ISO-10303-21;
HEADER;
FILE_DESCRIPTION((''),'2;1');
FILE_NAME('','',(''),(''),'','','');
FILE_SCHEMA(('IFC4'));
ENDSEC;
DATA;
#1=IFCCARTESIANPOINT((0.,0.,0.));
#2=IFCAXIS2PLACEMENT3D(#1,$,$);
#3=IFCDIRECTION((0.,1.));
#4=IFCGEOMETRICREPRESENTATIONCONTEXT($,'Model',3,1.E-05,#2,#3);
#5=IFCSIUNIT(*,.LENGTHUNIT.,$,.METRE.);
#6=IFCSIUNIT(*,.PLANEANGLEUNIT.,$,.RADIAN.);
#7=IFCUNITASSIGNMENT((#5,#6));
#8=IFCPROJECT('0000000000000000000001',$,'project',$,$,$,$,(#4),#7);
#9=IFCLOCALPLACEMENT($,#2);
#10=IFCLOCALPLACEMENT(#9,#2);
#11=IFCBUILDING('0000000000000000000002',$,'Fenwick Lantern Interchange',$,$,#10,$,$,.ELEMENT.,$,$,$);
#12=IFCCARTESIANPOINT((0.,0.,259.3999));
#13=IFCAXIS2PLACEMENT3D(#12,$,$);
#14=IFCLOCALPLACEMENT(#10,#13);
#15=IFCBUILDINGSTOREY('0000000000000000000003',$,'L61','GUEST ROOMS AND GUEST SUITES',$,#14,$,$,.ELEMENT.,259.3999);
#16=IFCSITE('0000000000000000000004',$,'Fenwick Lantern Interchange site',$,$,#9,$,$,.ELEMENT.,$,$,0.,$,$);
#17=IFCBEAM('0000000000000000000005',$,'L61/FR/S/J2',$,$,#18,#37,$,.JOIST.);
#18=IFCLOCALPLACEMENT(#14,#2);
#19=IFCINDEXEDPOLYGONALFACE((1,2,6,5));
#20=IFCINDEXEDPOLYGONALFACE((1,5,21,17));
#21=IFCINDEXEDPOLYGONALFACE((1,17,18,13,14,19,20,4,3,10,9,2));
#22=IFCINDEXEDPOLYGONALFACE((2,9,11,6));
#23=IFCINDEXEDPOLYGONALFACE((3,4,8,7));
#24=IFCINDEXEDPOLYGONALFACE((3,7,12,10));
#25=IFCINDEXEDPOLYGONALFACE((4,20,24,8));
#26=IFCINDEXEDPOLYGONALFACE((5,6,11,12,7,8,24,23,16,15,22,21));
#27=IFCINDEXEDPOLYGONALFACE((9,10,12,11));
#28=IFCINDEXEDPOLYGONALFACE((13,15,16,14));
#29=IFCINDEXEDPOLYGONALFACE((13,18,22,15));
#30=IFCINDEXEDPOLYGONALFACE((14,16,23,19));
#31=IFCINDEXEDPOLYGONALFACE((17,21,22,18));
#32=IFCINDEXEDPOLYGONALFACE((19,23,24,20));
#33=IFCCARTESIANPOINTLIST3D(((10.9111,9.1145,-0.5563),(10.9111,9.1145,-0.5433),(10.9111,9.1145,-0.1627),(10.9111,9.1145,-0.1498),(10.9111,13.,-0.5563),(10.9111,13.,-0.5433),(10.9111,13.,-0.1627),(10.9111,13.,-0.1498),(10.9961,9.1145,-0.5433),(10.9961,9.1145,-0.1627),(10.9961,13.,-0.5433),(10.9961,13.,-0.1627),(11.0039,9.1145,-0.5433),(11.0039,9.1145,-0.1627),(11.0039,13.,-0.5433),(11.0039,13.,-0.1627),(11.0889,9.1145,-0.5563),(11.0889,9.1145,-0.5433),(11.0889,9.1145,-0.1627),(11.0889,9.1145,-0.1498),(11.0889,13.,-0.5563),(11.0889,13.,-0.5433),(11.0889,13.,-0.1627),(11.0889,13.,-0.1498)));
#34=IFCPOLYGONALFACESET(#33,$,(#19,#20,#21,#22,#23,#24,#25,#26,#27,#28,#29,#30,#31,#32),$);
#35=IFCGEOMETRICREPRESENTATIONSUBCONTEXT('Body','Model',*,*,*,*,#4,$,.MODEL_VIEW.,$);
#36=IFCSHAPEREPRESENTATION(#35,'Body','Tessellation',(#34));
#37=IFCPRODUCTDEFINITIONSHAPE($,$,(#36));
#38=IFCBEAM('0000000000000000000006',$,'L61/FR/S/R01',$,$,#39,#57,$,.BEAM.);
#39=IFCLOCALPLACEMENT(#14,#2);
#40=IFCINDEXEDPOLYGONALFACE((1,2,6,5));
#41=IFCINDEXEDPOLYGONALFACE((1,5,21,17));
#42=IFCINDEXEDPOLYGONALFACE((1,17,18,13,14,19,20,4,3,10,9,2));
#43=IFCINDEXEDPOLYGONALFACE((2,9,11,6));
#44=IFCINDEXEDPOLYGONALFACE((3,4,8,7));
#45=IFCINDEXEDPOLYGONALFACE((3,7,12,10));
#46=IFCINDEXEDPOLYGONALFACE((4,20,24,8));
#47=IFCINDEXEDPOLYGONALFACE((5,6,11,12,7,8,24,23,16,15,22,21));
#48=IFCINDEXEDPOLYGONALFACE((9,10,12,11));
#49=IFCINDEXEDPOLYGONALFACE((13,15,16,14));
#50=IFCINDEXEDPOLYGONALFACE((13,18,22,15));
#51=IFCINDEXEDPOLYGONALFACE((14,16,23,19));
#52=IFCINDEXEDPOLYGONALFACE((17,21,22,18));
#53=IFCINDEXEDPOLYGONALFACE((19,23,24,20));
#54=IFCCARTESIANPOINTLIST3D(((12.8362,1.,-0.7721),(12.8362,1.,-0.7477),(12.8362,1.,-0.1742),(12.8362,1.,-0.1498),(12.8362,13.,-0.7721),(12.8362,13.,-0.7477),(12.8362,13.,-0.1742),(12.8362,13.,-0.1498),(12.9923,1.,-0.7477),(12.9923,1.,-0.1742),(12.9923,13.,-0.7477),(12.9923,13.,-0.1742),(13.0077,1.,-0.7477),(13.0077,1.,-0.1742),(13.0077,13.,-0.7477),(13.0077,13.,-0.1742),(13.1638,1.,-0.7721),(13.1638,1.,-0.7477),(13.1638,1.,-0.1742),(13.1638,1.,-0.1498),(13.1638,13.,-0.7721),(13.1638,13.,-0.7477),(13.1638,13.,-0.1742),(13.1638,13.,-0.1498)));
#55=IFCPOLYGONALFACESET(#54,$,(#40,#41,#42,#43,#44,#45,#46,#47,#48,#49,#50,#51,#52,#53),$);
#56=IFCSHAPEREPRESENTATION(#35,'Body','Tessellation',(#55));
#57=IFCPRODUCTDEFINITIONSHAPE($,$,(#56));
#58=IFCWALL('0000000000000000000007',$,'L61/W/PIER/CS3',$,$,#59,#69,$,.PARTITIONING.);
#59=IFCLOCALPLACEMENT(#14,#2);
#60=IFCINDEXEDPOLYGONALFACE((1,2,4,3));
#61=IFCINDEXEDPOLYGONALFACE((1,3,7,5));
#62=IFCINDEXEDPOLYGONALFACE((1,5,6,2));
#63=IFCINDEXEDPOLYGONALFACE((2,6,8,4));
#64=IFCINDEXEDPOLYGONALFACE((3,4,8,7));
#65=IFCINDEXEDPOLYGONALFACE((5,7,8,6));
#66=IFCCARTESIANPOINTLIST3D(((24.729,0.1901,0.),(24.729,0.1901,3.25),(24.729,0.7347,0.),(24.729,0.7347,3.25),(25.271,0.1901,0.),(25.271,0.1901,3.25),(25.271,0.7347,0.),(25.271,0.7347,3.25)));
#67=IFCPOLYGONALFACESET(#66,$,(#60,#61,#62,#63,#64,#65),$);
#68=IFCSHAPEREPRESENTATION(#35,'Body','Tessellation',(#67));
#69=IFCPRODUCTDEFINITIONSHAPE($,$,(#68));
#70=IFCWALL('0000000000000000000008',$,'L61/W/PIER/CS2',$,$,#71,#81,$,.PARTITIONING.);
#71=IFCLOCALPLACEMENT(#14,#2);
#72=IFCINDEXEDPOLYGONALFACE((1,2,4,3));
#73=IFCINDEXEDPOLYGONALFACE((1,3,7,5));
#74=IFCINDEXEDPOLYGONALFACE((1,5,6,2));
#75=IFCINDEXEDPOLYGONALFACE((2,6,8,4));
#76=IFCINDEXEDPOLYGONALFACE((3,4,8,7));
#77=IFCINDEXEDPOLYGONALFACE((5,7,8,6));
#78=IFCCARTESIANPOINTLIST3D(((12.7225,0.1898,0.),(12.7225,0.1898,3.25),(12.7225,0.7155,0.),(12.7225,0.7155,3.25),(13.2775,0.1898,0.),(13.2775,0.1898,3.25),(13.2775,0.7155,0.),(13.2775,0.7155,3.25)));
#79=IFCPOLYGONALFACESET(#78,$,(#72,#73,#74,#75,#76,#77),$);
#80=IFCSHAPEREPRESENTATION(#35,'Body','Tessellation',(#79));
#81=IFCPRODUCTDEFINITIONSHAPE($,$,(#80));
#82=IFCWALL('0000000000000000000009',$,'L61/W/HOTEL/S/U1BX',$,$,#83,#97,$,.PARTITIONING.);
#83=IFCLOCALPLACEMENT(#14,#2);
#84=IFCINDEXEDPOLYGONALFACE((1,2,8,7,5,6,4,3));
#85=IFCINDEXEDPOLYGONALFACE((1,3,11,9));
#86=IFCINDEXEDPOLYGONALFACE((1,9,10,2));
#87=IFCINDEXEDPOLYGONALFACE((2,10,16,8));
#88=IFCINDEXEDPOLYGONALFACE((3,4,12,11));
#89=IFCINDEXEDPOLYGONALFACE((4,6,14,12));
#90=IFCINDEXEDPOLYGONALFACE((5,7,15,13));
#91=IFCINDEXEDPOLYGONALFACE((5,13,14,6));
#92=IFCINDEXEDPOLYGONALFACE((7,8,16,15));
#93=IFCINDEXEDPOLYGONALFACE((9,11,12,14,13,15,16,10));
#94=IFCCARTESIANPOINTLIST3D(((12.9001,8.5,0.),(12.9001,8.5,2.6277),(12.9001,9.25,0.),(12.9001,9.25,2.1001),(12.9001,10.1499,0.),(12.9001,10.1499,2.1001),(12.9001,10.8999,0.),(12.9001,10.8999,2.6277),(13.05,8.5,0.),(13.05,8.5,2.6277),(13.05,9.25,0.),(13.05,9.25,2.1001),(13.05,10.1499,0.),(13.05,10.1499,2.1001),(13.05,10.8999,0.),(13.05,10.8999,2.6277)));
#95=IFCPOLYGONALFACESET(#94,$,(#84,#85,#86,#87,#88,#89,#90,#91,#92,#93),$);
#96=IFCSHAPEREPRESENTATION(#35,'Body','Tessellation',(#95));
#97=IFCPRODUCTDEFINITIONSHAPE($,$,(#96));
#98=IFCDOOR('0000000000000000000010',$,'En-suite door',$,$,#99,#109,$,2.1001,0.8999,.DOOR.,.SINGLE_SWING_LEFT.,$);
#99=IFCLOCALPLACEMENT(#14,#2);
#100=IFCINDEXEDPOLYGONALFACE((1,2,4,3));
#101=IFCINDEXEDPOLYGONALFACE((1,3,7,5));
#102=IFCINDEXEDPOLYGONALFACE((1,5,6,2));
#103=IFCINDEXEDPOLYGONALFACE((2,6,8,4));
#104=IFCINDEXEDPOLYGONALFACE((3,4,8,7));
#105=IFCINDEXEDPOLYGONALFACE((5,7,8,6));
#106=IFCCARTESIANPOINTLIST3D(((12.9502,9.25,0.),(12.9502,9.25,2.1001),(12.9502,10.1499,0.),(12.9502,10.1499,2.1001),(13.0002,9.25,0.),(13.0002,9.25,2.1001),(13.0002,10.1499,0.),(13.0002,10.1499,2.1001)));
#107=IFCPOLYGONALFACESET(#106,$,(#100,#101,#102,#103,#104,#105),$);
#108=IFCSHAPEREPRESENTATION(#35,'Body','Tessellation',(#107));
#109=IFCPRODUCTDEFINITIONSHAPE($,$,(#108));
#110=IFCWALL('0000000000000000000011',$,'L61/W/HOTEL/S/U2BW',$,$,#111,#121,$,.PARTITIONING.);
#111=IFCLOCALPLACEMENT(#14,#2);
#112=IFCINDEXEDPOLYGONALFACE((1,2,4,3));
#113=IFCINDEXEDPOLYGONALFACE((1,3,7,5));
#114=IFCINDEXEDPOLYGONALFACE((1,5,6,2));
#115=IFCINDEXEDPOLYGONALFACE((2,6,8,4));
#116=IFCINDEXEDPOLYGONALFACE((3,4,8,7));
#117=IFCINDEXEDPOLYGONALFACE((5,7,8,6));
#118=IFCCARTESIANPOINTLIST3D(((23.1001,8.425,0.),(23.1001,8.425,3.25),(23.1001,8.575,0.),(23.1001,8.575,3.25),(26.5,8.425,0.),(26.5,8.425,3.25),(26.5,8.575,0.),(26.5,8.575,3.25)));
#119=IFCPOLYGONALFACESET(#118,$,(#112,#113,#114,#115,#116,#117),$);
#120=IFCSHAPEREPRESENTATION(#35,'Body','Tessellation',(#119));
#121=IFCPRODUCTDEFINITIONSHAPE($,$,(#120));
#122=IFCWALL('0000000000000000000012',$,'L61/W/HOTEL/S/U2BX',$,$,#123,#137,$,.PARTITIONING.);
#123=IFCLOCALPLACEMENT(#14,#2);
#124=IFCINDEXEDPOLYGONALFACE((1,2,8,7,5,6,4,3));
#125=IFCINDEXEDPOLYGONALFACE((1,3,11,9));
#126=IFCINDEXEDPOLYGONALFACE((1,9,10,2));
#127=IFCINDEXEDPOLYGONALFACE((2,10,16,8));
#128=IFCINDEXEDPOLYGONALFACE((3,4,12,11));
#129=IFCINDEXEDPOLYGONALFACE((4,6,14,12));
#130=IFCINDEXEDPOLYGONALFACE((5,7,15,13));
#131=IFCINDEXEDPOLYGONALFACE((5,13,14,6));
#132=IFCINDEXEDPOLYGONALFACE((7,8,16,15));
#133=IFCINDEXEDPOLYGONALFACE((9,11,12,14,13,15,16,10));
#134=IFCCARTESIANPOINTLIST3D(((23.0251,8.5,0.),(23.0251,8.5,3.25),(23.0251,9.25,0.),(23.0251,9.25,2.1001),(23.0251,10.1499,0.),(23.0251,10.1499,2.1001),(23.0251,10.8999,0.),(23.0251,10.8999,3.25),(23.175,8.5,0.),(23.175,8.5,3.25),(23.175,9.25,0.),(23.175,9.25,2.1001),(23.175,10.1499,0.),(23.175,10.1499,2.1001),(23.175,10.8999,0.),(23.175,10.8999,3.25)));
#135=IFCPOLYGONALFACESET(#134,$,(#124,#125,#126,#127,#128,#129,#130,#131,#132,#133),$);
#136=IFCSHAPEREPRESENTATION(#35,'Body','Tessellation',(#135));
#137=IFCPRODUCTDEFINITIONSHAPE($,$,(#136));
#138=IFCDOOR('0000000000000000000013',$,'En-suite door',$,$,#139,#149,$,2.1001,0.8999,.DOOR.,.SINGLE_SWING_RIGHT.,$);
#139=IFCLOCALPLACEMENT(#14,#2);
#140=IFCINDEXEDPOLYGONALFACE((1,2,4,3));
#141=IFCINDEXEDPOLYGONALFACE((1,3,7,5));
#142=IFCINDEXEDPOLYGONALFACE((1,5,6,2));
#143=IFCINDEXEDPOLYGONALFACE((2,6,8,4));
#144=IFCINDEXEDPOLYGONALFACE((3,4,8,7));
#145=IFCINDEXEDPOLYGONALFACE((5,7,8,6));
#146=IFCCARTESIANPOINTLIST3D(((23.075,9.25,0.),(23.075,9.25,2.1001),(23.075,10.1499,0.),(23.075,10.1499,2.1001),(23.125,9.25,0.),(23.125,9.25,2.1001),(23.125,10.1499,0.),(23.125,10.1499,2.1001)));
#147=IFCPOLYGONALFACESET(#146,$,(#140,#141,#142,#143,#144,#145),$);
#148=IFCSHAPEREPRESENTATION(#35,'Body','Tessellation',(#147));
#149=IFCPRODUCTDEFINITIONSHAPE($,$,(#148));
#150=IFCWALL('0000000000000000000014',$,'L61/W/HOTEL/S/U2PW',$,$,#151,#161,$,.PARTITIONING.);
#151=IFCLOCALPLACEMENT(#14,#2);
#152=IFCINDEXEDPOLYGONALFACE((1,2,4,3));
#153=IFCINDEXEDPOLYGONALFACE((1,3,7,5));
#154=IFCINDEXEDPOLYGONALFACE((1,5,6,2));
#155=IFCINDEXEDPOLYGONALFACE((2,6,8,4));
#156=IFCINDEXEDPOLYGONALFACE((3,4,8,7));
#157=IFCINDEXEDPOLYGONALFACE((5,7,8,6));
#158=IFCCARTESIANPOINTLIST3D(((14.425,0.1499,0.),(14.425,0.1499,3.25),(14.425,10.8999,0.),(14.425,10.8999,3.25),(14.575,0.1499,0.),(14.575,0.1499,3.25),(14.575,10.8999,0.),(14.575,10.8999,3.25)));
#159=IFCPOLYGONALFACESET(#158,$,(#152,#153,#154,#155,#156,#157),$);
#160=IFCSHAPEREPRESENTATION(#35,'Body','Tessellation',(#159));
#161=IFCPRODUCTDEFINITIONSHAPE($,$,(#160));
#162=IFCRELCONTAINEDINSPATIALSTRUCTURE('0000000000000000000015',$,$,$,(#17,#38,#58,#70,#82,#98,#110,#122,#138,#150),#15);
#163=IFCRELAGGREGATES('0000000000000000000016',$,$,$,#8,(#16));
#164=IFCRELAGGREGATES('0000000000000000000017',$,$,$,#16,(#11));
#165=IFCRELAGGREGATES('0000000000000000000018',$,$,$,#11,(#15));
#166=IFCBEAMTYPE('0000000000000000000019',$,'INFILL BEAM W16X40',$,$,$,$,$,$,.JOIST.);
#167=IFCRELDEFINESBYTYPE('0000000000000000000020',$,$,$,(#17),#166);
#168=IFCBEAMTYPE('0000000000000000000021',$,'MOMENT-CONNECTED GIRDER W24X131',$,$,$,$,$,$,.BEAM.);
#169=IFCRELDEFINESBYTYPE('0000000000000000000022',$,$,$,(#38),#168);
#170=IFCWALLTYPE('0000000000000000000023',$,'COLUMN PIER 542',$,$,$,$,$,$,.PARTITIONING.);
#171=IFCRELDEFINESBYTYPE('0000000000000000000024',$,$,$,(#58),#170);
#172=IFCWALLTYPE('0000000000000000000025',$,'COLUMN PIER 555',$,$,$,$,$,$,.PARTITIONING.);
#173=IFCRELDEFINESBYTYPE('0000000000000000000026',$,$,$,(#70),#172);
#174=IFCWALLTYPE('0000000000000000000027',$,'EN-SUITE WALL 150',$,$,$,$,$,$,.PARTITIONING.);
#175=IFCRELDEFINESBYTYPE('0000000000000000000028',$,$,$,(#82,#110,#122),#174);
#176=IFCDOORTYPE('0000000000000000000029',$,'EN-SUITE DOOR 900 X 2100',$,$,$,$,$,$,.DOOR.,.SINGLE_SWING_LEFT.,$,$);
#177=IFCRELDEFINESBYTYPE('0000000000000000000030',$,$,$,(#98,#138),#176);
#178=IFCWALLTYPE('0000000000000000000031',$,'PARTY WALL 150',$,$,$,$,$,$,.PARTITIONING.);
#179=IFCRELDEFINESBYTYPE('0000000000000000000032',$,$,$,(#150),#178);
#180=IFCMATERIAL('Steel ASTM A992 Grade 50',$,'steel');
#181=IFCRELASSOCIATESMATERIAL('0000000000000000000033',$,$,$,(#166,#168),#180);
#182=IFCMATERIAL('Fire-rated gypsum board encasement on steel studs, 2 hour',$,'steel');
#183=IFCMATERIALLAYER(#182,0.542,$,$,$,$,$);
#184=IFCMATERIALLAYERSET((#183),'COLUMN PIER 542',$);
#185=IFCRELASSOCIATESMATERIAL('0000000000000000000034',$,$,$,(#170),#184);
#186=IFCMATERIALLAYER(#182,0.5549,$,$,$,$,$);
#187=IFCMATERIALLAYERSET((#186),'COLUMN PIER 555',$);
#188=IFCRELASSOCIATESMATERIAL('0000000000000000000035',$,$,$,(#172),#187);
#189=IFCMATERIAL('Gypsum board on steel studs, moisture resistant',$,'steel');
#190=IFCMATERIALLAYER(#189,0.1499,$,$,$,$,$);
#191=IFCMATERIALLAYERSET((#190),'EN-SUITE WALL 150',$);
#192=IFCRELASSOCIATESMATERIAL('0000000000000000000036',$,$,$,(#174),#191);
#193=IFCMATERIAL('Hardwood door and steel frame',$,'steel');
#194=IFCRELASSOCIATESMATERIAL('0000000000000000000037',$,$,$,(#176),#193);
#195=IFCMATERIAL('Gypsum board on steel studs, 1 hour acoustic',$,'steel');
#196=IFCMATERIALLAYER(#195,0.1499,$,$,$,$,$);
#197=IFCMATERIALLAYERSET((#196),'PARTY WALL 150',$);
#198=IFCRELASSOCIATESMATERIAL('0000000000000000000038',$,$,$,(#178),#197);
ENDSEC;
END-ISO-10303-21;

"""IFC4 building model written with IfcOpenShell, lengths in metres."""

from ifc_helpers import new_model, si_unit, direction, frame, frame_2d, origin, origin_2d, place, context, subcontext, project, spatial, rectangle, i_section, extrude, material, layer, layer_set, material_profile, profile_set, type_object, element, fill, save


model = new_model("IFC4")

# Units and contexts
model_context = context("Model", 3, precision=1e-05, world=origin(), true_north=direction((0.0, 1.0)))
body_context = subcontext(model_context, "Body", "Model", "MODEL_VIEW")
ifc_project = project(units=[si_unit("LENGTHUNIT", "METRE"), si_unit("PLANEANGLEUNIT", "RADIAN")], contexts=[model_context])

# Site, building, storey
site_placement = place(None, origin())
site = spatial("IfcSite", under=ifc_project, at=site_placement, Name="Fenwick Lantern Interchange site", CompositionType="ELEMENT", RefElevation=0.0)
building_placement = place(site_placement, origin())
building = spatial("IfcBuilding", under=site, at=building_placement, Name="Fenwick Lantern Interchange", CompositionType="ELEMENT")
storey_placement = place(building_placement, frame((0.0, 0.0, 259.3999)))
storey = spatial("IfcBuildingStorey", under=building, at=storey_placement, Name="L61", Description="GUEST ROOMS AND GUEST SUITES", CompositionType="ELEMENT", Elevation=259.3999)

# Shared definitions
ifc_material_1 = material(Name="Steel ASTM A992 Grade 50", Category="steel")

# Beams
ifc_material_profile_1 = material_profile(ifc_material_1, i_section(OverallWidth=0.1777, OverallDepth=0.4065, WebThickness=0.0078, FlangeThickness=0.0129, at=origin_2d()), Name="W16X40")
ifc_profile_set_1 = profile_set([ifc_material_profile_1], Name="Steel ASTM A992 Grade 50")
beam_type_1 = type_object("IfcBeamType", Name="INFILL BEAM W16X40", PredefinedType="JOIST", material=ifc_profile_set_1)
beam_1_placement = place(storey_placement, frame((11.0, 9.1145, -0.353), z_axis=(0.0, 1.0, 0.0), x_axis=(-1.0, 0.0, 0.0)))
element("IfcBeam", 1, at=beam_1_placement, inside=storey, type_object=beam_type_1, Name="L61/FR/S/J2", PredefinedType="JOIST", context=body_context, shape_type="SweptSolid", body=[
    extrude(i_section(OverallWidth=0.1777, OverallDepth=0.4065, WebThickness=0.0078, FlangeThickness=0.0129, at=origin_2d()), origin(), (0.0, 0.0, 1.0), 3.8855),
])
ifc_material_profile_2 = material_profile(ifc_material_1, i_section(OverallWidth=0.3276, OverallDepth=0.6223, WebThickness=0.0154, FlangeThickness=0.0244, at=origin_2d()), Name="W24X131")
ifc_profile_set_2 = profile_set([ifc_material_profile_2], Name="Steel ASTM A992 Grade 50")
beam_type_2 = type_object("IfcBeamType", Name="MOMENT-CONNECTED GIRDER W24X131", PredefinedType="BEAM", material=ifc_profile_set_2)
beam_2_placement = place(storey_placement, frame((13.0, 1.0, -0.4609), z_axis=(0.0, 1.0, 0.0), x_axis=(-1.0, 0.0, 0.0)))
element("IfcBeam", 2, at=beam_2_placement, inside=storey, type_object=beam_type_2, Name="L61/FR/S/R01", PredefinedType="BEAM", context=body_context, shape_type="SweptSolid", body=[
    extrude(i_section(OverallWidth=0.3276, OverallDepth=0.6223, WebThickness=0.0154, FlangeThickness=0.0244, at=origin_2d()), origin(), (0.0, 0.0, 1.0), 12.0),
])

# Walls
ifc_material_2 = material(Name="Fire-rated gypsum board encasement on steel studs, 2 hour", Category="steel")
ifc_layer_1 = layer(ifc_material_2, 0.542)
ifc_layer_set_1 = layer_set([ifc_layer_1], Name="COLUMN PIER 542")
wall_type_1 = type_object("IfcWallType", Name="COLUMN PIER 542", PredefinedType="PARTITIONING", material=ifc_layer_set_1)
wall_1_placement = place(storey_placement, frame((25.0, 0.1899, 0.0), z_axis=(0.0, 0.0, 1.0), x_axis=(0.0, 1.0, 0.0)))
element("IfcWall", 3, at=wall_1_placement, inside=storey, type_object=wall_type_1, Name="L61/W/PIER/CS3", PredefinedType="PARTITIONING", context=body_context, shape_type="SweptSolid", body=[
    extrude(rectangle(XDim=0.5447, YDim=0.542, at=frame_2d((0.2725, 0.0))), origin(), (0.0, 0.0, 1.0), 3.25),
])
ifc_layer_2 = layer(ifc_material_2, 0.5549)
ifc_layer_set_2 = layer_set([ifc_layer_2], Name="COLUMN PIER 555")
wall_type_2 = type_object("IfcWallType", Name="COLUMN PIER 555", PredefinedType="PARTITIONING", material=ifc_layer_set_2)
wall_2_placement = place(storey_placement, frame((13.0, 0.1899, 0.0), z_axis=(0.0, 0.0, 1.0), x_axis=(0.0, 1.0, 0.0)))
element("IfcWall", 4, at=wall_2_placement, inside=storey, type_object=wall_type_2, Name="L61/W/PIER/CS2", PredefinedType="PARTITIONING", context=body_context, shape_type="SweptSolid", body=[
    extrude(rectangle(XDim=0.5256, YDim=0.5549, at=frame_2d((0.2627, 0.0))), origin(), (0.0, 0.0, 1.0), 3.25),
])

# Wall, opening, door
ifc_material_3 = material(Name="Gypsum board on steel studs, moisture resistant", Category="steel")
ifc_layer_3 = layer(ifc_material_3, 0.1499)
ifc_layer_set_3 = layer_set([ifc_layer_3], Name="EN-SUITE WALL 150")
wall_type_3 = type_object("IfcWallType", Name="EN-SUITE WALL 150", PredefinedType="PARTITIONING", material=ifc_layer_set_3)
wall_3_placement = place(storey_placement, frame((12.9751, 8.5, 0.0), z_axis=(0.0, 0.0, 1.0), x_axis=(0.0, 1.0, 0.0)))
wall_3 = element("IfcWall", 5, at=wall_3_placement, inside=storey, type_object=wall_type_3, Name="L61/W/HOTEL/S/U1BX", PredefinedType="PARTITIONING", context=body_context, shape_type="SweptSolid", body=[
    extrude(rectangle(XDim=2.3999, YDim=0.1499, at=frame_2d((1.2, 0.0))), origin(), (0.0, 0.0, 1.0), 2.6277),
])
opening_1_placement = place(wall_3_placement, frame((0.75, 0.0, 0.0)))
opening_1 = element("IfcOpeningElement", 6, at=opening_1_placement, cuts=wall_3, PredefinedType="OPENING", context=body_context, shape_type="SweptSolid", body=[
    extrude(rectangle(XDim=0.8999, YDim=2.1001, at=frame_2d((0.45, 1.05))), frame((0.0, 0.085, 0.0), z_axis=(0.0, -1.0, 0.0), x_axis=(1.0, 0.0, 0.0)), (0.0, 0.0, 1.0), 0.1699),
])
ifc_material_4 = material(Name="Hardwood door and steel frame", Category="steel")
door_type = type_object("IfcDoorType", Name="EN-SUITE DOOR 900 X 2100", OperationType="SINGLE_SWING_LEFT", PredefinedType="DOOR", material=ifc_material_4)
door_1_placement = place(opening_1_placement, origin())
door_1 = element("IfcDoor", 7, at=door_1_placement, inside=storey, type_object=door_type, Name="En-suite door", OperationType="SINGLE_SWING_LEFT", OverallHeight=2.1001, OverallWidth=0.8999, PredefinedType="DOOR", context=body_context, shape_type="SweptSolid", body=[
    extrude(rectangle(XDim=0.8999, YDim=2.1001, at=frame_2d((0.45, 1.05))), frame((0.0, 0.0249, 0.0), z_axis=(0.0, -1.0, 0.0), x_axis=(1.0, 0.0, 0.0)), (0.0, 0.0, 1.0), 0.05),
])
fill(opening_1, door_1)

# Wall
wall_4_placement = place(storey_placement, frame((23.1001, 8.5, 0.0), z_axis=(0.0, 0.0, 1.0), x_axis=(1.0, 0.0, 0.0)))
element("IfcWall", 8, at=wall_4_placement, inside=storey, type_object=wall_type_3, Name="L61/W/HOTEL/S/U2BW", PredefinedType="PARTITIONING", context=body_context, shape_type="SweptSolid", body=[
    extrude(rectangle(XDim=3.3999, YDim=0.1499, at=frame_2d((1.7, 0.0))), origin(), (0.0, 0.0, 1.0), 3.25),
])

# Wall, opening, door
wall_5_placement = place(storey_placement, frame((23.1001, 8.5, 0.0), z_axis=(0.0, 0.0, 1.0), x_axis=(0.0, 1.0, 0.0)))
wall_5 = element("IfcWall", 9, at=wall_5_placement, inside=storey, type_object=wall_type_3, Name="L61/W/HOTEL/S/U2BX", PredefinedType="PARTITIONING", context=body_context, shape_type="SweptSolid", body=[
    extrude(rectangle(XDim=2.3999, YDim=0.1499, at=frame_2d((1.2, 0.0))), origin(), (0.0, 0.0, 1.0), 3.25),
])
opening_2_placement = place(wall_5_placement, frame((0.75, 0.0, 0.0)))
opening_2 = element("IfcOpeningElement", 10, at=opening_2_placement, cuts=wall_5, PredefinedType="OPENING", context=body_context, shape_type="SweptSolid", body=[
    extrude(rectangle(XDim=0.8999, YDim=2.1001, at=frame_2d((0.45, 1.05))), frame((0.0, 0.085, 0.0), z_axis=(0.0, -1.0, 0.0), x_axis=(1.0, 0.0, 0.0)), (0.0, 0.0, 1.0), 0.1699),
])
door_2_placement = place(opening_2_placement, frame((0.8999, 0.0, 0.0), z_axis=(0.0, 0.0, 1.0), x_axis=(-1.0, 0.0, 0.0)))
door_2 = element("IfcDoor", 11, at=door_2_placement, inside=storey, type_object=door_type, Name="En-suite door", OperationType="SINGLE_SWING_RIGHT", OverallHeight=2.1001, OverallWidth=0.8999, PredefinedType="DOOR", context=body_context, shape_type="SweptSolid", body=[
    extrude(rectangle(XDim=0.8999, YDim=2.1001, at=frame_2d((0.45, 1.05))), frame((0.0, 0.0249, 0.0), z_axis=(0.0, -1.0, 0.0), x_axis=(1.0, 0.0, 0.0)), (0.0, 0.0, 1.0), 0.05),
])
fill(opening_2, door_2)

# Wall
ifc_material_5 = material(Name="Gypsum board on steel studs, 1 hour acoustic", Category="steel")
ifc_layer_4 = layer(ifc_material_5, 0.1499)
ifc_layer_set_4 = layer_set([ifc_layer_4], Name="PARTY WALL 150")
wall_type_4 = type_object("IfcWallType", Name="PARTY WALL 150", PredefinedType="PARTITIONING", material=ifc_layer_set_4)
wall_6_placement = place(storey_placement, frame((14.5, 0.1499, 0.0), z_axis=(0.0, 0.0, 1.0), x_axis=(0.0, 1.0, 0.0)))
element("IfcWall", 12, at=wall_6_placement, inside=storey, type_object=wall_type_4, Name="L61/W/HOTEL/S/U2PW", PredefinedType="PARTITIONING", context=body_context, shape_type="SweptSolid", body=[
    extrude(rectangle(XDim=10.75, YDim=0.1499, at=frame_2d((5.375, 0.0))), origin(), (0.0, 0.0, 1.0), 3.25),
])

save(model, "model.ifc")
